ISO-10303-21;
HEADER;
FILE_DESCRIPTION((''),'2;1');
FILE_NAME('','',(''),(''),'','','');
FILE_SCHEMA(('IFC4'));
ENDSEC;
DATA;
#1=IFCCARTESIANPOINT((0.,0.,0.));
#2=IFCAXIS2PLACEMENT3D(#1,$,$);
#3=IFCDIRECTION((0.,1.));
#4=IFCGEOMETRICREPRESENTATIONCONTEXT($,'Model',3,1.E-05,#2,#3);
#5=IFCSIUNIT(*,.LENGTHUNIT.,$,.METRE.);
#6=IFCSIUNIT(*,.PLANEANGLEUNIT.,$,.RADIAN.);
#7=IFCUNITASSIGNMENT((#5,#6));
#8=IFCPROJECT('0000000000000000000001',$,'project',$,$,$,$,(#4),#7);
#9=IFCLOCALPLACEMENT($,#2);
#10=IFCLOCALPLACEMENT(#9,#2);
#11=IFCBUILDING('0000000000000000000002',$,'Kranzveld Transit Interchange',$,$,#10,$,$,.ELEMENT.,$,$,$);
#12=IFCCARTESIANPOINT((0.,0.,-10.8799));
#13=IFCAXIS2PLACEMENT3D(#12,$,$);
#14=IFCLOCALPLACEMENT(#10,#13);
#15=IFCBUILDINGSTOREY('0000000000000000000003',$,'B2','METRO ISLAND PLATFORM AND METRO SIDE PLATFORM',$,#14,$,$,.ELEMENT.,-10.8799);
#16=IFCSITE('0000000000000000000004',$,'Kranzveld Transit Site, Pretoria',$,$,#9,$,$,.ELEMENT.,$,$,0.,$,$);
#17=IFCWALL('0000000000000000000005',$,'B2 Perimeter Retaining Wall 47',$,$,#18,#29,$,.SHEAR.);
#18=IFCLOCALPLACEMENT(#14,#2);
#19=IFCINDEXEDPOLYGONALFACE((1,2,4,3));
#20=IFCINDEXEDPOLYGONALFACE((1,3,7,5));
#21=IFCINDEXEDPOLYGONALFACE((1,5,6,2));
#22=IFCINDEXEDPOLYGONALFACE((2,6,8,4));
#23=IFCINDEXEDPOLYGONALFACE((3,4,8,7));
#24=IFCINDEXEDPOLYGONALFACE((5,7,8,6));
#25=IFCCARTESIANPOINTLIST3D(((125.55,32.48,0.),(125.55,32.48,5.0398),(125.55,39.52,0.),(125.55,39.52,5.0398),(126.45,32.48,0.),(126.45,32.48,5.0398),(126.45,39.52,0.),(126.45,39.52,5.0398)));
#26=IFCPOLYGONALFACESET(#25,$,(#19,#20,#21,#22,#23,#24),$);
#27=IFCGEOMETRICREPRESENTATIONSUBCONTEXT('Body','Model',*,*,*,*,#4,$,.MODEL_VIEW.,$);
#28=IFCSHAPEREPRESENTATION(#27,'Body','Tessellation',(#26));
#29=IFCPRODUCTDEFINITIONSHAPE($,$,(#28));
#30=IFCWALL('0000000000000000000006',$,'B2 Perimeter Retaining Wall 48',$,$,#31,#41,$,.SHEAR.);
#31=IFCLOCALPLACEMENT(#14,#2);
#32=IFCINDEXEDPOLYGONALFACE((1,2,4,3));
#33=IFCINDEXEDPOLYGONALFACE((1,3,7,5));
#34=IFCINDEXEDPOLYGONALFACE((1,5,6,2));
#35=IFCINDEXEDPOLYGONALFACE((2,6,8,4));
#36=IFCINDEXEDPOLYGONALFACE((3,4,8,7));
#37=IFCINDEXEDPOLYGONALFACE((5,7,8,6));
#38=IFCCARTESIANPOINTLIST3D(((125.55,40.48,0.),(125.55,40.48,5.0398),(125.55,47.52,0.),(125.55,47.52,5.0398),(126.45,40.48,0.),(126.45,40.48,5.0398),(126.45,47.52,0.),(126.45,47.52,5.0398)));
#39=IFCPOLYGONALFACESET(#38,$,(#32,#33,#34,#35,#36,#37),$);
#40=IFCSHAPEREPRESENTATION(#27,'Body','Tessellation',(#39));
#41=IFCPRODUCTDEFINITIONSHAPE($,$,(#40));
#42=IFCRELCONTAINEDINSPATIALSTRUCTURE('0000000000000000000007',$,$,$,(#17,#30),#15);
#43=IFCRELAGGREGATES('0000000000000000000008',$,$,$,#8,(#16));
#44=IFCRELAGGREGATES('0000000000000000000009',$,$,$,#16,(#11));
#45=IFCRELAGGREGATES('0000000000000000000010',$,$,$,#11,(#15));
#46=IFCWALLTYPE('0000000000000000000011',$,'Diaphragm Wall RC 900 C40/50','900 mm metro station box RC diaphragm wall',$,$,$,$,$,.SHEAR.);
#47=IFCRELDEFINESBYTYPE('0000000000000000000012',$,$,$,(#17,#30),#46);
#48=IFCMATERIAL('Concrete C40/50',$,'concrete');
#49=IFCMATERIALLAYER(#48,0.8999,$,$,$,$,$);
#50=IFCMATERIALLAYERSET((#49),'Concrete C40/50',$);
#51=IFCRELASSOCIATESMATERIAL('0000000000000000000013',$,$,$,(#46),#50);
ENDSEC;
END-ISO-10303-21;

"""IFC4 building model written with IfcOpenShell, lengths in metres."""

from ifc_helpers import new_model, si_unit, direction, frame, frame_2d, origin, place, context, subcontext, project, spatial, rectangle, extrude, material, layer, layer_set, type_object, element, save


model = new_model("IFC4")

# Units and contexts
model_context = context("Model", 3, precision=1e-05, world=origin(), true_north=direction((0.0, 1.0)))
body_context = subcontext(model_context, "Body", "Model", "MODEL_VIEW")
ifc_project = project(units=[si_unit("LENGTHUNIT", "METRE"), si_unit("PLANEANGLEUNIT", "RADIAN")], contexts=[model_context])

# Site, building, storey
site_placement = place(None, origin())
site = spatial("IfcSite", under=ifc_project, at=site_placement, Name="Kranzveld Transit Site, Pretoria", CompositionType="ELEMENT", RefElevation=0.0)
building_placement = place(site_placement, origin())
building = spatial("IfcBuilding", under=site, at=building_placement, Name="Kranzveld Transit Interchange", CompositionType="ELEMENT")
storey_placement = place(building_placement, frame((0.0, 0.0, -10.8799)))
storey = spatial("IfcBuildingStorey", under=building, at=storey_placement, Name="B2", Description="METRO ISLAND PLATFORM AND METRO SIDE PLATFORM", CompositionType="ELEMENT", Elevation=-10.8799)

# Walls
ifc_material_1 = material(Name="Concrete C40/50", Category="concrete")
ifc_layer = layer(ifc_material_1, 0.8999)
ifc_layer_set = layer_set([ifc_layer], Name="Concrete C40/50")
wall_type = type_object("IfcWallType", Name="Diaphragm Wall RC 900 C40/50", Description="900 mm metro station box RC diaphragm wall", PredefinedType="SHEAR", material=ifc_layer_set)
for number, where, z_axis, x_axis, name in (
    (1, (126.0, 32.48, 0.0), (0.0, 0.0, 1.0), (0.0, 1.0, 0.0), "B2 Perimeter Retaining Wall 47"),
    (2, (126.0, 40.48, 0.0), (0.0, 0.0, 1.0), (0.0, 1.0, 0.0), "B2 Perimeter Retaining Wall 48"),
):
    element("IfcWall", number, at=place(storey_placement, frame(where, z_axis=z_axis, x_axis=x_axis)), inside=storey, type_object=wall_type, Name=name, PredefinedType="SHEAR", context=body_context, shape_type="SweptSolid", body=[
        extrude(rectangle(XDim=7.04, YDim=0.8999, at=frame_2d((3.52, 0.0))), origin(), (0.0, 0.0, 1.0), 5.0398),
    ])

save(model, "model.ifc")
